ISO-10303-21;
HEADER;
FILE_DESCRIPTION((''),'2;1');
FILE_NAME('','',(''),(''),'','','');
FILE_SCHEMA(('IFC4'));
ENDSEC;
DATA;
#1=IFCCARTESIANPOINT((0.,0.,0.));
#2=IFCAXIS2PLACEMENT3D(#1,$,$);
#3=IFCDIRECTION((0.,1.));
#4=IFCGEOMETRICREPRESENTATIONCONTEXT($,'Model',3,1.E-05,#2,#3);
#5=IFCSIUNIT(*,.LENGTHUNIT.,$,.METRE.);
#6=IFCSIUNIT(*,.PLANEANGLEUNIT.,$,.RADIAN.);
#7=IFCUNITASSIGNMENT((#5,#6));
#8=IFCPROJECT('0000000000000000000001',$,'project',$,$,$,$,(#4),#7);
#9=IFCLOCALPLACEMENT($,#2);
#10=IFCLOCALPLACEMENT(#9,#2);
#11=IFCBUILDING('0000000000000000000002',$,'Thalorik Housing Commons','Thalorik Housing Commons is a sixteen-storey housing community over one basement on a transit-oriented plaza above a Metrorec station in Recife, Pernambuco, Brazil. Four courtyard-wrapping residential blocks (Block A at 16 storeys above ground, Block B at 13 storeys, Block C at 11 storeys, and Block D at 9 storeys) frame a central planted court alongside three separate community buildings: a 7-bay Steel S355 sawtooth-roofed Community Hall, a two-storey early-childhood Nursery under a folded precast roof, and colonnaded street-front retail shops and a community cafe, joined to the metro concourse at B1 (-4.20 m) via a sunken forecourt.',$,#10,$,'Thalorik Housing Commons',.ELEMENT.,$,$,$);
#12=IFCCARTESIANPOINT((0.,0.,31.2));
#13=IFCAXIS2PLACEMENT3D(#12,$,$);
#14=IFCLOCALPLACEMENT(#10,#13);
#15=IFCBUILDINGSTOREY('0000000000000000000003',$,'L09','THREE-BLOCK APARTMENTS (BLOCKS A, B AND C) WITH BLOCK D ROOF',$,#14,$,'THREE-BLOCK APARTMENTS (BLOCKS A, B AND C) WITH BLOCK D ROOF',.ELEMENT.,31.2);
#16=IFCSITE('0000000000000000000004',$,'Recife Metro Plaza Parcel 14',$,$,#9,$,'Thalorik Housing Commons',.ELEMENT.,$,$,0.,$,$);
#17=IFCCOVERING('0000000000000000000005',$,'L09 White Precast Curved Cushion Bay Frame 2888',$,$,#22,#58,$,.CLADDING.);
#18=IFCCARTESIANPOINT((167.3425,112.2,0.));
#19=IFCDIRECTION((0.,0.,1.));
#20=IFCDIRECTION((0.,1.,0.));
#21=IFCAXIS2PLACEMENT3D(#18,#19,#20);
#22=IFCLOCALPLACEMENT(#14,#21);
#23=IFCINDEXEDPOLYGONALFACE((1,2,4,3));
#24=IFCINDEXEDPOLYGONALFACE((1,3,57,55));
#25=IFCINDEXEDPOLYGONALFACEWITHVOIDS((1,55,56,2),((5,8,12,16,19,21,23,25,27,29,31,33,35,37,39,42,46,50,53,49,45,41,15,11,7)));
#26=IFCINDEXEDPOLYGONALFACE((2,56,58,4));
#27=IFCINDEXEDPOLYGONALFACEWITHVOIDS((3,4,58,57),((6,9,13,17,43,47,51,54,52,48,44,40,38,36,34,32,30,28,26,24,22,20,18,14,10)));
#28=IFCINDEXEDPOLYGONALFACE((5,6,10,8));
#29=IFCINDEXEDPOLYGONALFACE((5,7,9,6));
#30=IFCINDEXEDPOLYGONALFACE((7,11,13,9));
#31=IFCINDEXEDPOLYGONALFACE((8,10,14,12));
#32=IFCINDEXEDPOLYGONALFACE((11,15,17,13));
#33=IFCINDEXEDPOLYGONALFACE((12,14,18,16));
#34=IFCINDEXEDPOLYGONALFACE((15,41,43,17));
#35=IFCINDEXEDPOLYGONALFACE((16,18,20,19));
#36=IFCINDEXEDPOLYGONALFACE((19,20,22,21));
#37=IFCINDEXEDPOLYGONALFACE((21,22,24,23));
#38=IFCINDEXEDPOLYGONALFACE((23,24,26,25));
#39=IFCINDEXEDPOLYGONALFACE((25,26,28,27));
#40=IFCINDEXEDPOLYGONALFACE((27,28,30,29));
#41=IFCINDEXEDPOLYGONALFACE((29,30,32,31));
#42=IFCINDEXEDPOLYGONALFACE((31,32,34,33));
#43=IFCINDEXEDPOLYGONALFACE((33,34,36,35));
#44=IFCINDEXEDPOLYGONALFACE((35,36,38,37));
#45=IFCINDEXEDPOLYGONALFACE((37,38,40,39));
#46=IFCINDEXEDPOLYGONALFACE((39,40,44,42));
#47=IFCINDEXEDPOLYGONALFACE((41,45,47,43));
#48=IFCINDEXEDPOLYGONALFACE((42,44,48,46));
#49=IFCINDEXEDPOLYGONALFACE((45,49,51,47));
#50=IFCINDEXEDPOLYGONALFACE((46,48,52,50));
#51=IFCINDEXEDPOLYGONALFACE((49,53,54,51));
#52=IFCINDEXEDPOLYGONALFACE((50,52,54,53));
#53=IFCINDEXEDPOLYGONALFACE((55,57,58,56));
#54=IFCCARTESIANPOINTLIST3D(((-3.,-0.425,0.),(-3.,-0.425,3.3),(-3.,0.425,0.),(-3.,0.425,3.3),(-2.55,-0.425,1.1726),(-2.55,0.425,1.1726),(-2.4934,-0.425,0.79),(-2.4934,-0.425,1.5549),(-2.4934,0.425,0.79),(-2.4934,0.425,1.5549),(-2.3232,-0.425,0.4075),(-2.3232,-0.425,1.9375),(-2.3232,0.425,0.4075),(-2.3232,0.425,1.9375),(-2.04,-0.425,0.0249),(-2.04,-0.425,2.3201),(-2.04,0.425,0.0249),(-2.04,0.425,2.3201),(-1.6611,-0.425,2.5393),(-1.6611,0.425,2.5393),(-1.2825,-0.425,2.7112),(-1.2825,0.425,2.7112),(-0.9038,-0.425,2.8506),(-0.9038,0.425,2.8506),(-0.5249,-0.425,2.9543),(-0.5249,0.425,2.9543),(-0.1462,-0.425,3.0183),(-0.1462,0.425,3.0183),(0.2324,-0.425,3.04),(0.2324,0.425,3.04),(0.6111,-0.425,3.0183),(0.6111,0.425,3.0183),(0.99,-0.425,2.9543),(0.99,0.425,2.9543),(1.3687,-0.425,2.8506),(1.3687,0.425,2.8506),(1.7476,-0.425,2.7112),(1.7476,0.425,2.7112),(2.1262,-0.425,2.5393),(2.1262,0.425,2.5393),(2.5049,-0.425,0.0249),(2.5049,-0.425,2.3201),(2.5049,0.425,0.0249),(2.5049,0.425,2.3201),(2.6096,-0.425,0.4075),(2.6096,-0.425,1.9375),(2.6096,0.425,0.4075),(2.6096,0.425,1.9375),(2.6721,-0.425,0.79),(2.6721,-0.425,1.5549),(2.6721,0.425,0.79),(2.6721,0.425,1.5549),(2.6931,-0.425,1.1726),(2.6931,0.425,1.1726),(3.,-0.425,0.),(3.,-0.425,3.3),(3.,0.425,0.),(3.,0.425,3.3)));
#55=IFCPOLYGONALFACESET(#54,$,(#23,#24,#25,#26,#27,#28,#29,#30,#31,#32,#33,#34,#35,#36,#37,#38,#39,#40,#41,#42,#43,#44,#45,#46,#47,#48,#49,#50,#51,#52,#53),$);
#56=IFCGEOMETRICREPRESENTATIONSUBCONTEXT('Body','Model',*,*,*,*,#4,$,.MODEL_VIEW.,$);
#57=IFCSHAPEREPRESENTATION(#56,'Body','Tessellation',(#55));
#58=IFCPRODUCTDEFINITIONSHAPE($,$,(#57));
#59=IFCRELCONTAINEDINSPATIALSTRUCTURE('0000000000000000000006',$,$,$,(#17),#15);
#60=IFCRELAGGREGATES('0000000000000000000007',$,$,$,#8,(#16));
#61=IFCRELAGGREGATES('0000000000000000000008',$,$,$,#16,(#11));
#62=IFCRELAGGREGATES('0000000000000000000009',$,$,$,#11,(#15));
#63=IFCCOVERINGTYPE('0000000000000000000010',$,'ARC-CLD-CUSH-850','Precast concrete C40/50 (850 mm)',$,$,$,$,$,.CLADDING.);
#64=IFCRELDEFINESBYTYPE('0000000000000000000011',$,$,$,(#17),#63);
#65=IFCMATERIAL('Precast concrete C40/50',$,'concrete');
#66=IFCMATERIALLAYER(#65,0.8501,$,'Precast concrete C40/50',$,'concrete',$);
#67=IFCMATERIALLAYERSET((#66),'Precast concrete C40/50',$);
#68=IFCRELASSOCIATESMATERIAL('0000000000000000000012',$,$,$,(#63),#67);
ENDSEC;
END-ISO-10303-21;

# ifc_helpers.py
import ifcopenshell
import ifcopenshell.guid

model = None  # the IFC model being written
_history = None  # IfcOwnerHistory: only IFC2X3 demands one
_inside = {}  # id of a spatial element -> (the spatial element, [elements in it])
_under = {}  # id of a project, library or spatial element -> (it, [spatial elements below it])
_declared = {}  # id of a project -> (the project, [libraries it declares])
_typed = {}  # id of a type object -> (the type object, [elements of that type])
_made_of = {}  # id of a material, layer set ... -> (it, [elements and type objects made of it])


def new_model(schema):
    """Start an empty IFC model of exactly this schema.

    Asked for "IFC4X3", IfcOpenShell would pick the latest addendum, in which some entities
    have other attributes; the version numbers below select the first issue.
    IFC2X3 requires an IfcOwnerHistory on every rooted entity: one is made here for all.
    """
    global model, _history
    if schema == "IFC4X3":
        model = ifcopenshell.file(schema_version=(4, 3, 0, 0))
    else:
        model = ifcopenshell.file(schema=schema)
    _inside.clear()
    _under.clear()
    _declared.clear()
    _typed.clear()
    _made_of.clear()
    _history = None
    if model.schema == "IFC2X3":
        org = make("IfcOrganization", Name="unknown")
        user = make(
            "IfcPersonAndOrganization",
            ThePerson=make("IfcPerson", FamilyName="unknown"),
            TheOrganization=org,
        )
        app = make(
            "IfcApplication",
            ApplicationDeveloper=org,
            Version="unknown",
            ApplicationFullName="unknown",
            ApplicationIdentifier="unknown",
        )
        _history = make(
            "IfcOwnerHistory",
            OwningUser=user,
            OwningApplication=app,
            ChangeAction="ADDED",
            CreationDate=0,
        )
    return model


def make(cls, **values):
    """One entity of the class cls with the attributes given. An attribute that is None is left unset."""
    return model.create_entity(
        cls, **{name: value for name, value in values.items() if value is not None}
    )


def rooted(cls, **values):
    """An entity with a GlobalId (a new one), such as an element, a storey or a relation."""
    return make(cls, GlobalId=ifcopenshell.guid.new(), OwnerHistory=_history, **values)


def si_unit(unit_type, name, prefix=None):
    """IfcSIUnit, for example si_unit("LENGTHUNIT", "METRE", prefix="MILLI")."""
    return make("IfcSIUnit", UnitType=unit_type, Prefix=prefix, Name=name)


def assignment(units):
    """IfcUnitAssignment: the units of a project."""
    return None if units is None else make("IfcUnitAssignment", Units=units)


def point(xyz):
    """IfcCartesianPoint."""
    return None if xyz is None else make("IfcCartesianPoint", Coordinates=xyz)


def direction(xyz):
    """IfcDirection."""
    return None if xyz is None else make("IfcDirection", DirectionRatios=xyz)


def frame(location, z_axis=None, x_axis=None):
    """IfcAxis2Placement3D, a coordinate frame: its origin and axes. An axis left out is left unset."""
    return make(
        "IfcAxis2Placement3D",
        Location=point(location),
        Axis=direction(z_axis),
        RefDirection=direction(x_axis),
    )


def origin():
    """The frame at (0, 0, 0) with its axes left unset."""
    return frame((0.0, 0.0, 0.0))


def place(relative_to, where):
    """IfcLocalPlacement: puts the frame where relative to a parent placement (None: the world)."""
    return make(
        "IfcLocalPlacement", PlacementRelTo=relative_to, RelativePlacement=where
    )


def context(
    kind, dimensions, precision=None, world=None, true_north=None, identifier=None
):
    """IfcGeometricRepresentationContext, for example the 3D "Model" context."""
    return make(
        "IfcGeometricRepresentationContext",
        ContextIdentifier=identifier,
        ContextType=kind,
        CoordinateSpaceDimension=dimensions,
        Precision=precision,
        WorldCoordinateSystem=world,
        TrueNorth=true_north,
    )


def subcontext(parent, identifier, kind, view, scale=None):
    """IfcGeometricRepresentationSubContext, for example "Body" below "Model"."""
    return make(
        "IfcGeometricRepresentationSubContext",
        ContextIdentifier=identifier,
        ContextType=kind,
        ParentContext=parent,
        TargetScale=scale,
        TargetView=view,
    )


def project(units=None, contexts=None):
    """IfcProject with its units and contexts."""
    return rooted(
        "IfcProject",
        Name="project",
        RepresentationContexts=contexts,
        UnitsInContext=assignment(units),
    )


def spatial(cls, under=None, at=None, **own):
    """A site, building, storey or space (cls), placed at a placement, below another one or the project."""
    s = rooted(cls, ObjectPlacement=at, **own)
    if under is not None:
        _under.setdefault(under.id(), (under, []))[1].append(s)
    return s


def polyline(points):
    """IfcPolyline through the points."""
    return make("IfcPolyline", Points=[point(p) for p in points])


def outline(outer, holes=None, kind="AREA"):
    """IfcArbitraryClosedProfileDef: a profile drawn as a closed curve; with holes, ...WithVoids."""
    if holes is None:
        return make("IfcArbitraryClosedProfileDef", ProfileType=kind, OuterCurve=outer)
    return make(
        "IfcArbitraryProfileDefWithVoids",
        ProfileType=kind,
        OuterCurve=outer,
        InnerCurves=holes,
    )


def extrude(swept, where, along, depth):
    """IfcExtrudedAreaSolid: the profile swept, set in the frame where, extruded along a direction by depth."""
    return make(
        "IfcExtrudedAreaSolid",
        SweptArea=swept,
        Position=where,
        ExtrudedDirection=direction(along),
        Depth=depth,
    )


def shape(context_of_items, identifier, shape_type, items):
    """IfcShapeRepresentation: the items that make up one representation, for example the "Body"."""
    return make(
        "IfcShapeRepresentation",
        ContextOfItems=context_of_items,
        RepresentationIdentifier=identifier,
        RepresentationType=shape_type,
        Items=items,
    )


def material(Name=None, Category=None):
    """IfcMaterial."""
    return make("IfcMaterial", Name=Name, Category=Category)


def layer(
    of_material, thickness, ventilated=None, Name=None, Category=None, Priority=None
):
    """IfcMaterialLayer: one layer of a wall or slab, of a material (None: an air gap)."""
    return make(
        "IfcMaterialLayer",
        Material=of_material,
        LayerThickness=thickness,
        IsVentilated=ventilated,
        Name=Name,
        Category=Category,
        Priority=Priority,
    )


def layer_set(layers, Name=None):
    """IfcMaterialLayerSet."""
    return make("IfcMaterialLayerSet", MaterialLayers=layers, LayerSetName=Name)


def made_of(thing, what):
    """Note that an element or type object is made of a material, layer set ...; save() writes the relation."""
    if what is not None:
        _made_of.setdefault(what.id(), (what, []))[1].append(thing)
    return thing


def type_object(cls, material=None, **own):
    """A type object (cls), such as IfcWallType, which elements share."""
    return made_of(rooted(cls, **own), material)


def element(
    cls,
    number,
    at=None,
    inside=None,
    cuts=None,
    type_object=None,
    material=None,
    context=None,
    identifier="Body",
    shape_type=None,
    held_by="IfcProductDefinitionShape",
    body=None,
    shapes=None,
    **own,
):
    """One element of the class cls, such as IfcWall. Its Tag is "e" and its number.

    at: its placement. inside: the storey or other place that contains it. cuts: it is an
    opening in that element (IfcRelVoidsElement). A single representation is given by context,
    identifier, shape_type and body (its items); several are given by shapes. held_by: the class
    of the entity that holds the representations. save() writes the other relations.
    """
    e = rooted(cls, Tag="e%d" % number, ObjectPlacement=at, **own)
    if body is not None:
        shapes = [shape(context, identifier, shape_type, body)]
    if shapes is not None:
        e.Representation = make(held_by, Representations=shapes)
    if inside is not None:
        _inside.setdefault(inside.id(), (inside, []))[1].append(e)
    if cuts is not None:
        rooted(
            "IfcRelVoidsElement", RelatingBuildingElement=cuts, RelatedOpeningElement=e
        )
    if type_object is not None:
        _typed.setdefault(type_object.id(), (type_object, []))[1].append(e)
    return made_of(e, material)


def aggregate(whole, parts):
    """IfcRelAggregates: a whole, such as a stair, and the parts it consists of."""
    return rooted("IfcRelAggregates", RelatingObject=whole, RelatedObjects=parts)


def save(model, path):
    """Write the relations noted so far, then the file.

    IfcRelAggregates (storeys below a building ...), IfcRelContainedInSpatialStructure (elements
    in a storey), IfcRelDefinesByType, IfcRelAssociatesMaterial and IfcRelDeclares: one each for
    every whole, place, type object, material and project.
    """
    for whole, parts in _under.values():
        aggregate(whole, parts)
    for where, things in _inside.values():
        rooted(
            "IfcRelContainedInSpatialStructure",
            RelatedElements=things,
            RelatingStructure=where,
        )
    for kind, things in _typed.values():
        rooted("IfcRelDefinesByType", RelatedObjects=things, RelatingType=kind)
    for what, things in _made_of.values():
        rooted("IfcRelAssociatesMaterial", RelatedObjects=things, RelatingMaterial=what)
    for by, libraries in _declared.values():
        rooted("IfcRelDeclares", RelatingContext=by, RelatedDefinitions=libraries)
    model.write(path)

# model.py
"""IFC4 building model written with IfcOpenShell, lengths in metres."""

from ifc_helpers import new_model, si_unit, direction, frame, origin, place, context, subcontext, project, spatial, polyline, outline, extrude, material, layer, layer_set, type_object, element, save


model = new_model("IFC4")

# Units and contexts
model_context = context("Model", 3, precision=1e-05, world=origin(), true_north=direction((0.0, 1.0)))
body_context = subcontext(model_context, "Body", "Model", "MODEL_VIEW")
ifc_project = project(units=[si_unit("LENGTHUNIT", "METRE"), si_unit("PLANEANGLEUNIT", "RADIAN")], contexts=[model_context])

# Site, building, storey
site_placement = place(None, origin())
site = spatial("IfcSite", under=ifc_project, at=site_placement, Name="Recife Metro Plaza Parcel 14", LongName="Thalorik Housing Commons", CompositionType="ELEMENT", RefElevation=0.0)
building_placement = place(site_placement, origin())
building = spatial("IfcBuilding", under=site, at=building_placement, Name="Thalorik Housing Commons", Description="Thalorik Housing Commons is a sixteen-storey housing community over one basement on a transit-oriented plaza above a Metrorec station in Recife, Pernambuco, Brazil. Four courtyard-wrapping residential blocks (Block A at 16 storeys above ground, Block B at 13 storeys, Block C at 11 storeys, and Block D at 9 storeys) frame a central planted court alongside three separate community buildings: a 7-bay Steel S355 sawtooth-roofed Community Hall, a two-storey early-childhood Nursery under a folded precast roof, and colonnaded street-front retail shops and a community cafe, joined to the metro concourse at B1 (-4.20 m) via a sunken forecourt.", LongName="Thalorik Housing Commons", CompositionType="ELEMENT")
storey_placement = place(building_placement, frame((0.0, 0.0, 31.2)))
storey = spatial("IfcBuildingStorey", under=building, at=storey_placement, Name="L09", Description="THREE-BLOCK APARTMENTS (BLOCKS A, B AND C) WITH BLOCK D ROOF", LongName="THREE-BLOCK APARTMENTS (BLOCKS A, B AND C) WITH BLOCK D ROOF", CompositionType="ELEMENT", Elevation=31.2)

# Shared definitions
ifc_material_1 = material(Name="Precast concrete C40/50", Category="concrete")

# Covering
ifc_layer_1 = layer(ifc_material_1, 0.8501, Name="Precast concrete C40/50", Category="concrete")
ifc_layer_set_1 = layer_set([ifc_layer_1], Name="Precast concrete C40/50")
covering_type_1 = type_object("IfcCoveringType", Name="ARC-CLD-CUSH-850", Description="Precast concrete C40/50 (850 mm)", PredefinedType="CLADDING", material=ifc_layer_set_1)
covering_1_placement = place(storey_placement, frame((167.3425, 112.2, 0.0), z_axis=(0.0, 0.0, 1.0), x_axis=(0.0, 1.0, 0.0)))
element("IfcCovering", 1, at=covering_1_placement, inside=storey, type_object=covering_type_1, Name="L09 White Precast Curved Cushion Bay Frame 2888", PredefinedType="CLADDING", context=body_context, shape_type="SweptSolid", body=[
    extrude(outline(polyline([(-3.0, 0.0), (3.0, 0.0), (3.0, 3.3), (-3.0, 3.3), (-3.0, 0.0)]), holes=[polyline([(2.5049, 0.0249), (2.6096, 0.4075), (2.6721, 0.79), (2.6931, 1.1726), (2.6721, 1.5549), (2.6096, 1.9375), (2.5049, 2.3201), (2.1262, 2.5393), (1.7476, 2.7112), (1.3687, 2.8506), (0.99, 2.9543), (0.6111, 3.0183), (0.2324, 3.04), (-0.1462, 3.0183), (-0.5249, 2.9543), (-0.9038, 2.8506), (-1.2825, 2.7112), (-1.6611, 2.5393), (-2.04, 2.3201), (-2.3232, 1.9375), (-2.4934, 1.5549), (-2.55, 1.1726), (-2.4934, 0.79), (-2.3232, 0.4075), (-2.04, 0.0249), (2.5049, 0.0249)])]), frame((0.0, 0.425, 0.0), z_axis=(0.0, -1.0, 0.0), x_axis=(1.0, 0.0, 0.0)), (0.0, 0.0, 1.0), 0.8501),
])

save(model, "model.ifc")
